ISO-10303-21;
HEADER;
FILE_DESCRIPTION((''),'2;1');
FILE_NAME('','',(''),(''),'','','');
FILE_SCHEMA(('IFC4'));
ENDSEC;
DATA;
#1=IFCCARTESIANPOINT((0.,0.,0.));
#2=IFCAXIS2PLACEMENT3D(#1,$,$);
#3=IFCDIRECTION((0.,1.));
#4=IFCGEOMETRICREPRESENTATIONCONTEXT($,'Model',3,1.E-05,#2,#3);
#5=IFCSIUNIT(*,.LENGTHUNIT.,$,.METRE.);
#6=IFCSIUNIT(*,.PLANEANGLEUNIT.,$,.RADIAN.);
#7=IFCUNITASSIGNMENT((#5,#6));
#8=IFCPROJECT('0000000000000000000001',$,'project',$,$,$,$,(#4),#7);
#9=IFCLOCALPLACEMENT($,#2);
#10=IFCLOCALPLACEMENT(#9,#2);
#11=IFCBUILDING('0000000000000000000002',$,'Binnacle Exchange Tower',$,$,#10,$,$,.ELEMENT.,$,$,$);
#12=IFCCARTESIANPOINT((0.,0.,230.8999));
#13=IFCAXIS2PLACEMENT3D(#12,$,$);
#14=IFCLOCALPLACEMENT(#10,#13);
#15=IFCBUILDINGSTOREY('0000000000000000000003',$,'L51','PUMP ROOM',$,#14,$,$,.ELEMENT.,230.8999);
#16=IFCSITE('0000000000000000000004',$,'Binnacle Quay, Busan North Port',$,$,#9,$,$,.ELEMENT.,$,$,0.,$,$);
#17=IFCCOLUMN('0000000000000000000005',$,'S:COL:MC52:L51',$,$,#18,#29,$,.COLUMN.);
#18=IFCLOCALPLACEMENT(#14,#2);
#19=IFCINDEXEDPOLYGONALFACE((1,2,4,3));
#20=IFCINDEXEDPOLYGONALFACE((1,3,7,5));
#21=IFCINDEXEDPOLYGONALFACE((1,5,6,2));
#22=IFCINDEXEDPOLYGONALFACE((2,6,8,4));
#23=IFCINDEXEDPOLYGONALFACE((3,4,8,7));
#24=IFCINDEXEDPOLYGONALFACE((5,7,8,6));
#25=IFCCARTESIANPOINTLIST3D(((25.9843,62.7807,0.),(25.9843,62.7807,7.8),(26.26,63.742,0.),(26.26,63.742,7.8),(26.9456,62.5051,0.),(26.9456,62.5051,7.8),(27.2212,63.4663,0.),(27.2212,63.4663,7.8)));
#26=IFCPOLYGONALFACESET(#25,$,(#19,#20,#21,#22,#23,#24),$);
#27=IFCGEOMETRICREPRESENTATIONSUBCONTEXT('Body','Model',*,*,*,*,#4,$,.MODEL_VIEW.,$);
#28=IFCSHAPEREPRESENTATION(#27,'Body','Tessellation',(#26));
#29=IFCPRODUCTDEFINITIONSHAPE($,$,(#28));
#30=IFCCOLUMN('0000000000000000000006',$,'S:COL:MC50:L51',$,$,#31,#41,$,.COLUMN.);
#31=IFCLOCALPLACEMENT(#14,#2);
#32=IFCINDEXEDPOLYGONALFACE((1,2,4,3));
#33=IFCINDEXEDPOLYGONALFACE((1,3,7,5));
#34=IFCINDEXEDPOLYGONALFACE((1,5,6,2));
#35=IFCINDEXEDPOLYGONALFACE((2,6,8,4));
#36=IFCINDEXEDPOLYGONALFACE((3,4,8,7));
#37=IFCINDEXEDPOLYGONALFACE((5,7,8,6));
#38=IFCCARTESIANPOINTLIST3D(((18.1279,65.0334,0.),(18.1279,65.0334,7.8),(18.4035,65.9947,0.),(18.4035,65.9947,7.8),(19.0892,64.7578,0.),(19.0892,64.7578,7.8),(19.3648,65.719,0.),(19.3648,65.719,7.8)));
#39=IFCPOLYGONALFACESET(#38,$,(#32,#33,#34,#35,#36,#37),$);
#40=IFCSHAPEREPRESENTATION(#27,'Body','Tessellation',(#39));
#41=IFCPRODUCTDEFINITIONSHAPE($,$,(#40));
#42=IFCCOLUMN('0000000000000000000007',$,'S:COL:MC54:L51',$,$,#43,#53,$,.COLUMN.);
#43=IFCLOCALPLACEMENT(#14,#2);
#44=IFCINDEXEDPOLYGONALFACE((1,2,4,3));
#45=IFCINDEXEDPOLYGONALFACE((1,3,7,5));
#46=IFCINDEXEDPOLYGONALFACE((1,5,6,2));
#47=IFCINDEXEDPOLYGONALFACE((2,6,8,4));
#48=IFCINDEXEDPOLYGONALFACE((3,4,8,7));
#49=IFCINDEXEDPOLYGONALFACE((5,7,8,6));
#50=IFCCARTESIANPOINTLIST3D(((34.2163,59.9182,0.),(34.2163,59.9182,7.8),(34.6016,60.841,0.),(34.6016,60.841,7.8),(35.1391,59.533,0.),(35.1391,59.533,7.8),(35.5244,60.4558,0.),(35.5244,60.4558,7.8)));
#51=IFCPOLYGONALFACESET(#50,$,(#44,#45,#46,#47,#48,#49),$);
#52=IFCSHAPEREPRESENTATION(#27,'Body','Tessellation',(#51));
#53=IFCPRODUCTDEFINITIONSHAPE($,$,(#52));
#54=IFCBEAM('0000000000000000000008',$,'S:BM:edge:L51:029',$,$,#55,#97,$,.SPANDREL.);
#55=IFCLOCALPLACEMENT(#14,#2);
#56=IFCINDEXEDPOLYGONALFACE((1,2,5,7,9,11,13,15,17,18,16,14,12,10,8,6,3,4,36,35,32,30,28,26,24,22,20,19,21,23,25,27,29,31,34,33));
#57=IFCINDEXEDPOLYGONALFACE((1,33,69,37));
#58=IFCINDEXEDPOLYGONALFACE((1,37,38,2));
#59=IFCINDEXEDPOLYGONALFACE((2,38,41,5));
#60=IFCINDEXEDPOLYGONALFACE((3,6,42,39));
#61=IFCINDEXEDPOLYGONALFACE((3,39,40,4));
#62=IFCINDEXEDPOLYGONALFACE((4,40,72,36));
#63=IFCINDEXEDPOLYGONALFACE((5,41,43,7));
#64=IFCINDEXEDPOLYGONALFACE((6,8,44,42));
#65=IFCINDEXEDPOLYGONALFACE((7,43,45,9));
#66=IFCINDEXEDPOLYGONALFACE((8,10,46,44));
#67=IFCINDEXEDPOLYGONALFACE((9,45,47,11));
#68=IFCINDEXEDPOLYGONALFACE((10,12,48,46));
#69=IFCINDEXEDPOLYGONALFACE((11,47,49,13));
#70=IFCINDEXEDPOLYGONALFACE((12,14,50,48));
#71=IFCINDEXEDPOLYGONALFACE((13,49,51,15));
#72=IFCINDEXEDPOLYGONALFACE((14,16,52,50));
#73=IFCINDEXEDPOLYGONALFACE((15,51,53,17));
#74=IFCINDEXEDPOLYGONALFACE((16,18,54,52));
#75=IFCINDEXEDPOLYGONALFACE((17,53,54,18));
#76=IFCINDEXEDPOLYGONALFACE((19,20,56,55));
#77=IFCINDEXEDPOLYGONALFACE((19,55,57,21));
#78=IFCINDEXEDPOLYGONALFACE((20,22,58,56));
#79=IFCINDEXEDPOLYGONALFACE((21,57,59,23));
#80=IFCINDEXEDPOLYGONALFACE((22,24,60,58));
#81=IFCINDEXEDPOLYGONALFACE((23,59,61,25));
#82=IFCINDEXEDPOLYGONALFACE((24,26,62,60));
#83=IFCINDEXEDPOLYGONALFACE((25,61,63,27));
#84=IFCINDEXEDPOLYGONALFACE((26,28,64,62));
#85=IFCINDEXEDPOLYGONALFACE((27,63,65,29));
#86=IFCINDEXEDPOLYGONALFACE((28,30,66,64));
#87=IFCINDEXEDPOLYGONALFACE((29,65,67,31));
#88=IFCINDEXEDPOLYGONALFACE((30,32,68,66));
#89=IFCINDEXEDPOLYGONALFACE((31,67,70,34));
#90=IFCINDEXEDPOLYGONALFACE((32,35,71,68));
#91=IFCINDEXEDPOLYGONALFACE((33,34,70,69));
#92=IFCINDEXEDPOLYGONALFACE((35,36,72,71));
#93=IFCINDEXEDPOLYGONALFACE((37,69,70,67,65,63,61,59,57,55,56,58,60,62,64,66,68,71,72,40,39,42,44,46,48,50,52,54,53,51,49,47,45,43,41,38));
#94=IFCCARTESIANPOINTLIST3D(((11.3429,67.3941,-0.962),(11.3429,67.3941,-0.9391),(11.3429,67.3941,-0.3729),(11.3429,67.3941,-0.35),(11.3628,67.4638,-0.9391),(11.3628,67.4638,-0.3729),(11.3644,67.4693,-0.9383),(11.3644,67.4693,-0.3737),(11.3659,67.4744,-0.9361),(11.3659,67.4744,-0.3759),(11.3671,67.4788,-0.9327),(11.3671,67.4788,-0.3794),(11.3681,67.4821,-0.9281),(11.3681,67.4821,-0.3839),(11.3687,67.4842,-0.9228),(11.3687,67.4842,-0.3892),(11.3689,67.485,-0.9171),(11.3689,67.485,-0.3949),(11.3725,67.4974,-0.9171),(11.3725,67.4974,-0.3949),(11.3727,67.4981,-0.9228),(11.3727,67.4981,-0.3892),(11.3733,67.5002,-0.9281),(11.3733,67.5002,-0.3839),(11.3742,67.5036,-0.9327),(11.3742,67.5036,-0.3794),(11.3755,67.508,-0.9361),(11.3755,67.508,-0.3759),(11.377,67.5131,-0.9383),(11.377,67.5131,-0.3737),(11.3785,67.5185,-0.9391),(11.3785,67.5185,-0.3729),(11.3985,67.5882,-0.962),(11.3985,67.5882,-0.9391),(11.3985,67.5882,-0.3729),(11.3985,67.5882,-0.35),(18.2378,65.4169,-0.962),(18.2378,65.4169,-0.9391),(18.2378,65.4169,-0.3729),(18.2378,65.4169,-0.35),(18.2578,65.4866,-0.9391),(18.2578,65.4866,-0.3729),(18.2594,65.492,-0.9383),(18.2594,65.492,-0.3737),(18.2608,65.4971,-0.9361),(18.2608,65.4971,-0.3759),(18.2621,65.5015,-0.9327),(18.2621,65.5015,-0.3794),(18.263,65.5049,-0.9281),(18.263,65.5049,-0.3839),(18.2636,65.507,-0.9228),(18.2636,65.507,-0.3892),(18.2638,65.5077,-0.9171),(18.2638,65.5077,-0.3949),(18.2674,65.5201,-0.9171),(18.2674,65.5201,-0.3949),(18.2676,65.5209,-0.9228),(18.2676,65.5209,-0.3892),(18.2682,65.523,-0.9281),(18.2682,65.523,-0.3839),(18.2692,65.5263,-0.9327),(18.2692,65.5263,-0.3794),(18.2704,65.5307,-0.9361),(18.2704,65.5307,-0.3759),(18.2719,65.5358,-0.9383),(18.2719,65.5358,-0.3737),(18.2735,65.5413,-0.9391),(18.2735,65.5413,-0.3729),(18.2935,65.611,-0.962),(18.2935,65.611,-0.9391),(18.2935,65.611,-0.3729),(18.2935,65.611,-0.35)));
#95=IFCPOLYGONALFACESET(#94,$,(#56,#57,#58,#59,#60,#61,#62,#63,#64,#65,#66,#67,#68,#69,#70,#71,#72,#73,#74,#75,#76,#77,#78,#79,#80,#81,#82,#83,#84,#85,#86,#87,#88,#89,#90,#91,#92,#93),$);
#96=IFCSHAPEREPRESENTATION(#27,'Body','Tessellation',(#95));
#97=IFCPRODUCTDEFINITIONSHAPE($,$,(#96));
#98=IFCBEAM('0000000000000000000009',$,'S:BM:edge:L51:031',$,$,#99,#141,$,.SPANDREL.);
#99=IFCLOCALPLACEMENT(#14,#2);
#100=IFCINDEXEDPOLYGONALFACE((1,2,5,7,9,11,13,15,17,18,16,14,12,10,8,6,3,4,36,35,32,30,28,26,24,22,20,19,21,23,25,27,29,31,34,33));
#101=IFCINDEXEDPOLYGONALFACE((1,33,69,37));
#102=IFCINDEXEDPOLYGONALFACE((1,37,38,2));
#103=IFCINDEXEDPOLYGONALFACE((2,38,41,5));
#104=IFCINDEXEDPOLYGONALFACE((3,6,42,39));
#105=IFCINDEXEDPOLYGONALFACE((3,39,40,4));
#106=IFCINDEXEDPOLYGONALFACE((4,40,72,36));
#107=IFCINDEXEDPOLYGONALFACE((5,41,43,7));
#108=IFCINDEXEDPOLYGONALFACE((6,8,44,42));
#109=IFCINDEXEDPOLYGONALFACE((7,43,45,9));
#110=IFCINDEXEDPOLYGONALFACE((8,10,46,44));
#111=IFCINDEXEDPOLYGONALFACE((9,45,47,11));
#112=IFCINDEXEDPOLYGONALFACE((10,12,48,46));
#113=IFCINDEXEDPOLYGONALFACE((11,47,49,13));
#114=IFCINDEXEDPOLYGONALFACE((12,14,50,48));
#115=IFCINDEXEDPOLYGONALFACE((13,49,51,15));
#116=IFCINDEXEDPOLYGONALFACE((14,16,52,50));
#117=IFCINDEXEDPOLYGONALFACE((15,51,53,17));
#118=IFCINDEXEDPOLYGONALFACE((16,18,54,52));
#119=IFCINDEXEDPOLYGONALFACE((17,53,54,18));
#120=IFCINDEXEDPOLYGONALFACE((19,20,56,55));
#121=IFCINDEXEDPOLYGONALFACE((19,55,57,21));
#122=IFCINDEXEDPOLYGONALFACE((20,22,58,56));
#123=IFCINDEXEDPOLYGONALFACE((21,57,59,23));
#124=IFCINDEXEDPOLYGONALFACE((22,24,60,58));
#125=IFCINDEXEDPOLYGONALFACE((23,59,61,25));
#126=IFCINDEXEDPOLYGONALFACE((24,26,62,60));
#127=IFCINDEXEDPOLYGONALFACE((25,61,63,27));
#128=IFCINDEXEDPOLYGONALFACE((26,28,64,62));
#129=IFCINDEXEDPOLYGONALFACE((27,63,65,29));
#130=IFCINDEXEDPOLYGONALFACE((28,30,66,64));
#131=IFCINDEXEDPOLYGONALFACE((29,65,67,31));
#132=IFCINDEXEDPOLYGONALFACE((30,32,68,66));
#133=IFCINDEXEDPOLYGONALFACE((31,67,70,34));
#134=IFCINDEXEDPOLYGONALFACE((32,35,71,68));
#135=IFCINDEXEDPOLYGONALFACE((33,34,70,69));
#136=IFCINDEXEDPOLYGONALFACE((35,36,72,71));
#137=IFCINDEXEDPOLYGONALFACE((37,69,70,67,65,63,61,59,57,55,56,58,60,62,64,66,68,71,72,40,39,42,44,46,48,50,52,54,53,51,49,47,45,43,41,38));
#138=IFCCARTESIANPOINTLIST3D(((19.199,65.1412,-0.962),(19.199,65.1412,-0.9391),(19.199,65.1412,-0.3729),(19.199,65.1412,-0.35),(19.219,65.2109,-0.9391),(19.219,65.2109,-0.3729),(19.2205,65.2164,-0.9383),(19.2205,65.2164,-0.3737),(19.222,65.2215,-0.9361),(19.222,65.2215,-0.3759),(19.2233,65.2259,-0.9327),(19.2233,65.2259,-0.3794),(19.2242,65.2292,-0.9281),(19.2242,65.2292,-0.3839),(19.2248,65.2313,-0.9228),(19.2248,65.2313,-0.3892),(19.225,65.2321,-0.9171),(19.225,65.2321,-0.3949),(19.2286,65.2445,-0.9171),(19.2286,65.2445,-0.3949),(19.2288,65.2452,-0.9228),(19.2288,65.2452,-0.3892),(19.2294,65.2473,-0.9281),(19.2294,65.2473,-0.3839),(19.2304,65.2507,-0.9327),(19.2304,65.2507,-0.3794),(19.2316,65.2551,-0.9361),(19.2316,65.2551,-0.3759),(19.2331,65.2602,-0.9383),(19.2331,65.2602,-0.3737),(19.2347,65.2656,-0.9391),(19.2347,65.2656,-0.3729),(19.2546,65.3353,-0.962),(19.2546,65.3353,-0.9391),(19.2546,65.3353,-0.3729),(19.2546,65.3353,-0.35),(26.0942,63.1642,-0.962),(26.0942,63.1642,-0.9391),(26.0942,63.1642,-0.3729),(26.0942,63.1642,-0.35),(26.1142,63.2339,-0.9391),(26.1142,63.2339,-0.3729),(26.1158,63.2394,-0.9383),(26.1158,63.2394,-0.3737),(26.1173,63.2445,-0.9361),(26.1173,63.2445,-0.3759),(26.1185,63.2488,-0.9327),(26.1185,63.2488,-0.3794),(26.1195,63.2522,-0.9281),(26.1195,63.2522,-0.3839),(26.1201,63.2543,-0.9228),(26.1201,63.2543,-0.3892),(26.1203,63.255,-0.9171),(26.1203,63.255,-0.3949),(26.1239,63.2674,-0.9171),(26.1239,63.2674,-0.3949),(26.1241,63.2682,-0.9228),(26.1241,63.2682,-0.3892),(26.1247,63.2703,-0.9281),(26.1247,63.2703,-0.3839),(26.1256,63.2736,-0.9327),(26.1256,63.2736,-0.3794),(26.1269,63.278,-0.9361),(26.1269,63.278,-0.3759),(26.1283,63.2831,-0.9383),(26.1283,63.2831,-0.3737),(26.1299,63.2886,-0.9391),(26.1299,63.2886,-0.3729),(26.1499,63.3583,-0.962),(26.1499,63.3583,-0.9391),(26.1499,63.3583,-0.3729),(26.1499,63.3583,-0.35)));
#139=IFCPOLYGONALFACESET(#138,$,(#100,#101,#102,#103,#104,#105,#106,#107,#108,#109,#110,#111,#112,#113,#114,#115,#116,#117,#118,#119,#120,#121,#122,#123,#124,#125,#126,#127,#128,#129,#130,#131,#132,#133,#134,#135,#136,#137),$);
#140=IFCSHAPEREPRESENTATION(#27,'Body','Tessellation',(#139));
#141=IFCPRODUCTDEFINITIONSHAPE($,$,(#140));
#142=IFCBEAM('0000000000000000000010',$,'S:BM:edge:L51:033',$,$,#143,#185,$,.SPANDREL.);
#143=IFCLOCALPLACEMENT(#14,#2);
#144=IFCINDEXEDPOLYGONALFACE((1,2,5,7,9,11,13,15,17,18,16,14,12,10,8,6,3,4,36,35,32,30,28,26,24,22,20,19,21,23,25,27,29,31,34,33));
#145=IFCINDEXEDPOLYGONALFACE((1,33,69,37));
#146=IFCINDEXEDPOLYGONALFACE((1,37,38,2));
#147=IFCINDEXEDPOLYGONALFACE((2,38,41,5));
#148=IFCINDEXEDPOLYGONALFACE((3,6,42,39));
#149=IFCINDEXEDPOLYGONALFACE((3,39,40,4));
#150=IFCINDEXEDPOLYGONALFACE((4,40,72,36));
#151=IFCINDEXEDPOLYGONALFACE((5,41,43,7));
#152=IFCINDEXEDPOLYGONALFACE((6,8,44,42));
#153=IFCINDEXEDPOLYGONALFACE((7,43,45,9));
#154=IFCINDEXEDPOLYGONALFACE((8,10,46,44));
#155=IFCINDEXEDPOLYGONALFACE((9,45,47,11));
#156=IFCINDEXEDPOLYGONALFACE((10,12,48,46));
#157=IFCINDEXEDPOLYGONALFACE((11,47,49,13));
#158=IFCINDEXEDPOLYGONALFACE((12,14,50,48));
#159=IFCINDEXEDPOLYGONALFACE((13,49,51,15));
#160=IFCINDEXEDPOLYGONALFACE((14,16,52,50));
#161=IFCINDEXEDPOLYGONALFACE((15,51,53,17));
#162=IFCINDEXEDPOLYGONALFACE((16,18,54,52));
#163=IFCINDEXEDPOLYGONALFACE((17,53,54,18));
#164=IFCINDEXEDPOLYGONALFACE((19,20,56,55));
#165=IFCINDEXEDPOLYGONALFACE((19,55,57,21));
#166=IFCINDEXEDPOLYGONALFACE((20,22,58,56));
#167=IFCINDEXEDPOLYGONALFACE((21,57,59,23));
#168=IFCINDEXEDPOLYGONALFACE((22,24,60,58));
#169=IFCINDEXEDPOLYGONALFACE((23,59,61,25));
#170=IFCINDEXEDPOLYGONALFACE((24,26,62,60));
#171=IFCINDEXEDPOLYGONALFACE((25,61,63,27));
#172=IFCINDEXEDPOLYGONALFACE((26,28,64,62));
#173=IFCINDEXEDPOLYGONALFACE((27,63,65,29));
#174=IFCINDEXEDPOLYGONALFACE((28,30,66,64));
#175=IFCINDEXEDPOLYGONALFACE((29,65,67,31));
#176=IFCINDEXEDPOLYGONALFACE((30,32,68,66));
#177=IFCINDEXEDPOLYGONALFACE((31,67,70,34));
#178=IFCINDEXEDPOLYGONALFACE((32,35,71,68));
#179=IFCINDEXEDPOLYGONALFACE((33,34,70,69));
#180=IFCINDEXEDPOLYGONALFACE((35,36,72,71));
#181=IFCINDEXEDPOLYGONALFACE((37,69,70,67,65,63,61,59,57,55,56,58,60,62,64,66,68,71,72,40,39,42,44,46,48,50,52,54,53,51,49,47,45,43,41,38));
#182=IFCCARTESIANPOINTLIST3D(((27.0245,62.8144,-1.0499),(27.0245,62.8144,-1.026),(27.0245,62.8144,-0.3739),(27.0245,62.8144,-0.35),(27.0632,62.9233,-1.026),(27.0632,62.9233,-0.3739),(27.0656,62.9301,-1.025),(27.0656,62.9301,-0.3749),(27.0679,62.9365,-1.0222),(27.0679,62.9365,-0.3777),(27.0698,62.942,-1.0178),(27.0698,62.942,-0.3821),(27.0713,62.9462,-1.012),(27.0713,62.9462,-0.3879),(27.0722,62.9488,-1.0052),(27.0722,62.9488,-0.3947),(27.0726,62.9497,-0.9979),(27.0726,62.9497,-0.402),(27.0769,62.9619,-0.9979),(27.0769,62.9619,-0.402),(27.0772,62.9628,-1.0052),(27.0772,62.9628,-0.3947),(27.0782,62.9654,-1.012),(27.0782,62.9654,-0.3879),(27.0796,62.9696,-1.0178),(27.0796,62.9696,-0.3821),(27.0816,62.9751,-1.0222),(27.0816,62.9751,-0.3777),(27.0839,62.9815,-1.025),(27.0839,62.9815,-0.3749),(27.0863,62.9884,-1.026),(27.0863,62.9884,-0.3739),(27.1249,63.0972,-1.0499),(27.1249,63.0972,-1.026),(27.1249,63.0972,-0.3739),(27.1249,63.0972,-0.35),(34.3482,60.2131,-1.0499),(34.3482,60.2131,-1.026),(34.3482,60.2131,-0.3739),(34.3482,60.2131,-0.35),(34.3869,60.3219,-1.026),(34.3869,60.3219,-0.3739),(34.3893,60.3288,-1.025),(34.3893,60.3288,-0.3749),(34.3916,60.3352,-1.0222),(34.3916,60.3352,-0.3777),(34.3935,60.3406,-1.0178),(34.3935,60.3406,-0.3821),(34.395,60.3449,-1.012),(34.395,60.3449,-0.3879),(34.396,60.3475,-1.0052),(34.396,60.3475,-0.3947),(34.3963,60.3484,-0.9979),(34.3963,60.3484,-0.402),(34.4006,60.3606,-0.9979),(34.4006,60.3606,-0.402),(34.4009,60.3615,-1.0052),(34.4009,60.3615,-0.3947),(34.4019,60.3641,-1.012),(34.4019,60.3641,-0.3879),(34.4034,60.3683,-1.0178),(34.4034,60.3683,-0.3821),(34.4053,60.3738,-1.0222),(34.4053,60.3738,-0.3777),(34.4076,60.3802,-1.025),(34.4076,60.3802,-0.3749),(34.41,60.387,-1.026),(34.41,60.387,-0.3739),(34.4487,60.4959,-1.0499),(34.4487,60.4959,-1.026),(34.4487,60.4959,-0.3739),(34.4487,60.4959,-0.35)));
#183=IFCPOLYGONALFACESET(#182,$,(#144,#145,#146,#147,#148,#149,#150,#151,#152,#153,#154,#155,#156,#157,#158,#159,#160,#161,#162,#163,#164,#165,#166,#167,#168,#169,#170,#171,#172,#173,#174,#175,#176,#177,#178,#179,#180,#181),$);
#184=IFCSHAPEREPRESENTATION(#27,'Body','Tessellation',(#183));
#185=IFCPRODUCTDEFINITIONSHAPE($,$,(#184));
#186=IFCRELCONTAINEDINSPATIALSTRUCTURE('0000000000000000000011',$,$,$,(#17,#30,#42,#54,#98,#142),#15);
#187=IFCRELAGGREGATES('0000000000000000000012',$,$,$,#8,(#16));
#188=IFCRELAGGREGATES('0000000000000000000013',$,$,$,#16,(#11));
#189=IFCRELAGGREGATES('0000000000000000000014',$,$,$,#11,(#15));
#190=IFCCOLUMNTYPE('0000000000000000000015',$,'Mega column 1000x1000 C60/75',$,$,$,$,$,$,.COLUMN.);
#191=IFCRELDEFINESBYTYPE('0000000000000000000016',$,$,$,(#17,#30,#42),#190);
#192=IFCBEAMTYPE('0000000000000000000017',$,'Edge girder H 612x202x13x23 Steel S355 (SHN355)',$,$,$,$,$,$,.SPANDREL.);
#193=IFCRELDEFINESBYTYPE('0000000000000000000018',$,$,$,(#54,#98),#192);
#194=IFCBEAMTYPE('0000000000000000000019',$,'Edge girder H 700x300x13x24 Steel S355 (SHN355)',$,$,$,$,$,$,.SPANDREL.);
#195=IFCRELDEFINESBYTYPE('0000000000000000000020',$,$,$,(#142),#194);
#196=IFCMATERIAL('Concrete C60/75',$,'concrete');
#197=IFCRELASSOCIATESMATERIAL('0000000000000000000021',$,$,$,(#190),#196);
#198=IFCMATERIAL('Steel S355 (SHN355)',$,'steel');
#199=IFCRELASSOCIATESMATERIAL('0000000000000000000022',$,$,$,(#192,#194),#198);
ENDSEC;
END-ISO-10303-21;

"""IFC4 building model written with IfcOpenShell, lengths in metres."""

from ifc_helpers import new_model, si_unit, direction, frame, origin, origin_2d, place, context, subcontext, project, spatial, rectangle, i_section, extrude, material, material_profile, profile_set, type_object, element, save


model = new_model("IFC4")

# Units and contexts
model_context = context("Model", 3, precision=1e-05, world=origin(), true_north=direction((0.0, 1.0)))
body_context = subcontext(model_context, "Body", "Model", "MODEL_VIEW")
ifc_project = project(units=[si_unit("LENGTHUNIT", "METRE"), si_unit("PLANEANGLEUNIT", "RADIAN")], contexts=[model_context])

# Site, building, storey
site_placement = place(None, origin())
site = spatial("IfcSite", under=ifc_project, at=site_placement, Name="Binnacle Quay, Busan North Port", CompositionType="ELEMENT", RefElevation=0.0)
building_placement = place(site_placement, origin())
building = spatial("IfcBuilding", under=site, at=building_placement, Name="Binnacle Exchange Tower", CompositionType="ELEMENT")
storey_placement = place(building_placement, frame((0.0, 0.0, 230.8999)))
storey = spatial("IfcBuildingStorey", under=building, at=storey_placement, Name="L51", Description="PUMP ROOM", CompositionType="ELEMENT", Elevation=230.8999)

# Columns
ifc_material_1 = material(Name="Concrete C60/75", Category="concrete")
ifc_material_profile_1 = material_profile(ifc_material_1, rectangle(XDim=1.0, YDim=1.0, at=origin_2d()), Name="Mega column 1000x1000 C60/75")
ifc_profile_set_1 = profile_set([ifc_material_profile_1], Name="Concrete C60/75")
column_type = type_object("IfcColumnType", Name="Mega column 1000x1000 C60/75", PredefinedType="COLUMN", material=ifc_profile_set_1)
for number, where, z_axis, x_axis, name in (
    (1, (26.6028, 63.1235, 0.0), (0.0, 0.0, 1.0), (-0.961262, 0.275637, 0.0), "S:COL:MC52:L51"),
    (2, (18.7463, 65.3762, 0.0), (0.0, 0.0, 1.0), (-0.961262, 0.275637, 0.0), "S:COL:MC50:L51"),
    (3, (34.8704, 60.187, 0.0), (0.0, 0.0, 1.0), (-0.922814, 0.385246, 0.0), "S:COL:MC54:L51"),
):
    element("IfcColumn", number, at=place(storey_placement, frame(where, z_axis=z_axis, x_axis=x_axis)), inside=storey, type_object=column_type, Name=name, PredefinedType="COLUMN", context=body_context, shape_type="SweptSolid", body=[
        extrude(rectangle(XDim=1.0, YDim=1.0, at=origin_2d()), origin(), (0.0, 0.0, 1.0), 7.8),
    ])

# Beams
ifc_material_2 = material(Name="Steel S355 (SHN355)", Category="steel")
ifc_material_profile_2 = material_profile(ifc_material_2, i_section(OverallWidth=0.2019, OverallDepth=0.6121, WebThickness=0.0129, FlangeThickness=0.0229, FilletRadius=0.022, at=origin_2d()), Name="H 612x202x13x23")
ifc_profile_set_2 = profile_set([ifc_material_profile_2], Name="Steel S355 (SHN355)")
beam_type_1 = type_object("IfcBeamType", Name="Edge girder H 612x202x13x23 Steel S355 (SHN355)", PredefinedType="SPANDREL", material=ifc_profile_set_2)
beam_1_placement = place(storey_placement, frame((18.2656, 65.5139, -0.656), z_axis=(-0.961255, 0.275661, 0.0), x_axis=(-0.275661, -0.961255, 0.0)))
element("IfcBeam", 4, at=beam_1_placement, inside=storey, type_object=beam_type_1, Name="S:BM:edge:L51:029", PredefinedType="SPANDREL", context=body_context, shape_type="SweptSolid", body=[
    extrude(i_section(OverallWidth=0.2019, OverallDepth=0.6121, WebThickness=0.0129, FlangeThickness=0.0229, FilletRadius=0.022, at=origin_2d()), origin(), (0.0, 0.0, 1.0), 7.1729),
])
beam_2_placement = place(storey_placement, frame((26.1221, 63.2612, -0.656), z_axis=(-0.961267, 0.27562, 0.0), x_axis=(-0.27562, -0.961267, 0.0)))
element("IfcBeam", 5, at=beam_2_placement, inside=storey, type_object=beam_type_1, Name="S:BM:edge:L51:031", PredefinedType="SPANDREL", context=body_context, shape_type="SweptSolid", body=[
    extrude(i_section(OverallWidth=0.2019, OverallDepth=0.6121, WebThickness=0.0129, FlangeThickness=0.0229, FilletRadius=0.022, at=origin_2d()), origin(), (0.0, 0.0, 1.0), 7.1731),
])
ifc_material_profile_3 = material_profile(ifc_material_2, i_section(OverallWidth=0.3, OverallDepth=0.7, WebThickness=0.0129, FlangeThickness=0.0239, FilletRadius=0.0281, at=origin_2d()), Name="H 700x300x13x24")
ifc_profile_set_3 = profile_set([ifc_material_profile_3], Name="Steel S355 (SHN355)")
beam_type_2 = type_object("IfcBeamType", Name="Edge girder H 700x300x13x24 Steel S355 (SHN355)", PredefinedType="SPANDREL", material=ifc_profile_set_3)
beam_3_placement = place(storey_placement, frame((34.3984, 60.3545, -0.7), z_axis=(-0.942323, 0.334704, 0.0), x_axis=(-0.334704, -0.942323, 0.0)))
element("IfcBeam", 6, at=beam_3_placement, inside=storey, type_object=beam_type_2, Name="S:BM:edge:L51:033", PredefinedType="SPANDREL", context=body_context, shape_type="SweptSolid", body=[
    extrude(i_section(OverallWidth=0.3, OverallDepth=0.7, WebThickness=0.0129, FlangeThickness=0.0239, FilletRadius=0.0281, at=origin_2d()), origin(), (0.0, 0.0, 1.0), 7.772),
])

save(model, "model.ifc")
